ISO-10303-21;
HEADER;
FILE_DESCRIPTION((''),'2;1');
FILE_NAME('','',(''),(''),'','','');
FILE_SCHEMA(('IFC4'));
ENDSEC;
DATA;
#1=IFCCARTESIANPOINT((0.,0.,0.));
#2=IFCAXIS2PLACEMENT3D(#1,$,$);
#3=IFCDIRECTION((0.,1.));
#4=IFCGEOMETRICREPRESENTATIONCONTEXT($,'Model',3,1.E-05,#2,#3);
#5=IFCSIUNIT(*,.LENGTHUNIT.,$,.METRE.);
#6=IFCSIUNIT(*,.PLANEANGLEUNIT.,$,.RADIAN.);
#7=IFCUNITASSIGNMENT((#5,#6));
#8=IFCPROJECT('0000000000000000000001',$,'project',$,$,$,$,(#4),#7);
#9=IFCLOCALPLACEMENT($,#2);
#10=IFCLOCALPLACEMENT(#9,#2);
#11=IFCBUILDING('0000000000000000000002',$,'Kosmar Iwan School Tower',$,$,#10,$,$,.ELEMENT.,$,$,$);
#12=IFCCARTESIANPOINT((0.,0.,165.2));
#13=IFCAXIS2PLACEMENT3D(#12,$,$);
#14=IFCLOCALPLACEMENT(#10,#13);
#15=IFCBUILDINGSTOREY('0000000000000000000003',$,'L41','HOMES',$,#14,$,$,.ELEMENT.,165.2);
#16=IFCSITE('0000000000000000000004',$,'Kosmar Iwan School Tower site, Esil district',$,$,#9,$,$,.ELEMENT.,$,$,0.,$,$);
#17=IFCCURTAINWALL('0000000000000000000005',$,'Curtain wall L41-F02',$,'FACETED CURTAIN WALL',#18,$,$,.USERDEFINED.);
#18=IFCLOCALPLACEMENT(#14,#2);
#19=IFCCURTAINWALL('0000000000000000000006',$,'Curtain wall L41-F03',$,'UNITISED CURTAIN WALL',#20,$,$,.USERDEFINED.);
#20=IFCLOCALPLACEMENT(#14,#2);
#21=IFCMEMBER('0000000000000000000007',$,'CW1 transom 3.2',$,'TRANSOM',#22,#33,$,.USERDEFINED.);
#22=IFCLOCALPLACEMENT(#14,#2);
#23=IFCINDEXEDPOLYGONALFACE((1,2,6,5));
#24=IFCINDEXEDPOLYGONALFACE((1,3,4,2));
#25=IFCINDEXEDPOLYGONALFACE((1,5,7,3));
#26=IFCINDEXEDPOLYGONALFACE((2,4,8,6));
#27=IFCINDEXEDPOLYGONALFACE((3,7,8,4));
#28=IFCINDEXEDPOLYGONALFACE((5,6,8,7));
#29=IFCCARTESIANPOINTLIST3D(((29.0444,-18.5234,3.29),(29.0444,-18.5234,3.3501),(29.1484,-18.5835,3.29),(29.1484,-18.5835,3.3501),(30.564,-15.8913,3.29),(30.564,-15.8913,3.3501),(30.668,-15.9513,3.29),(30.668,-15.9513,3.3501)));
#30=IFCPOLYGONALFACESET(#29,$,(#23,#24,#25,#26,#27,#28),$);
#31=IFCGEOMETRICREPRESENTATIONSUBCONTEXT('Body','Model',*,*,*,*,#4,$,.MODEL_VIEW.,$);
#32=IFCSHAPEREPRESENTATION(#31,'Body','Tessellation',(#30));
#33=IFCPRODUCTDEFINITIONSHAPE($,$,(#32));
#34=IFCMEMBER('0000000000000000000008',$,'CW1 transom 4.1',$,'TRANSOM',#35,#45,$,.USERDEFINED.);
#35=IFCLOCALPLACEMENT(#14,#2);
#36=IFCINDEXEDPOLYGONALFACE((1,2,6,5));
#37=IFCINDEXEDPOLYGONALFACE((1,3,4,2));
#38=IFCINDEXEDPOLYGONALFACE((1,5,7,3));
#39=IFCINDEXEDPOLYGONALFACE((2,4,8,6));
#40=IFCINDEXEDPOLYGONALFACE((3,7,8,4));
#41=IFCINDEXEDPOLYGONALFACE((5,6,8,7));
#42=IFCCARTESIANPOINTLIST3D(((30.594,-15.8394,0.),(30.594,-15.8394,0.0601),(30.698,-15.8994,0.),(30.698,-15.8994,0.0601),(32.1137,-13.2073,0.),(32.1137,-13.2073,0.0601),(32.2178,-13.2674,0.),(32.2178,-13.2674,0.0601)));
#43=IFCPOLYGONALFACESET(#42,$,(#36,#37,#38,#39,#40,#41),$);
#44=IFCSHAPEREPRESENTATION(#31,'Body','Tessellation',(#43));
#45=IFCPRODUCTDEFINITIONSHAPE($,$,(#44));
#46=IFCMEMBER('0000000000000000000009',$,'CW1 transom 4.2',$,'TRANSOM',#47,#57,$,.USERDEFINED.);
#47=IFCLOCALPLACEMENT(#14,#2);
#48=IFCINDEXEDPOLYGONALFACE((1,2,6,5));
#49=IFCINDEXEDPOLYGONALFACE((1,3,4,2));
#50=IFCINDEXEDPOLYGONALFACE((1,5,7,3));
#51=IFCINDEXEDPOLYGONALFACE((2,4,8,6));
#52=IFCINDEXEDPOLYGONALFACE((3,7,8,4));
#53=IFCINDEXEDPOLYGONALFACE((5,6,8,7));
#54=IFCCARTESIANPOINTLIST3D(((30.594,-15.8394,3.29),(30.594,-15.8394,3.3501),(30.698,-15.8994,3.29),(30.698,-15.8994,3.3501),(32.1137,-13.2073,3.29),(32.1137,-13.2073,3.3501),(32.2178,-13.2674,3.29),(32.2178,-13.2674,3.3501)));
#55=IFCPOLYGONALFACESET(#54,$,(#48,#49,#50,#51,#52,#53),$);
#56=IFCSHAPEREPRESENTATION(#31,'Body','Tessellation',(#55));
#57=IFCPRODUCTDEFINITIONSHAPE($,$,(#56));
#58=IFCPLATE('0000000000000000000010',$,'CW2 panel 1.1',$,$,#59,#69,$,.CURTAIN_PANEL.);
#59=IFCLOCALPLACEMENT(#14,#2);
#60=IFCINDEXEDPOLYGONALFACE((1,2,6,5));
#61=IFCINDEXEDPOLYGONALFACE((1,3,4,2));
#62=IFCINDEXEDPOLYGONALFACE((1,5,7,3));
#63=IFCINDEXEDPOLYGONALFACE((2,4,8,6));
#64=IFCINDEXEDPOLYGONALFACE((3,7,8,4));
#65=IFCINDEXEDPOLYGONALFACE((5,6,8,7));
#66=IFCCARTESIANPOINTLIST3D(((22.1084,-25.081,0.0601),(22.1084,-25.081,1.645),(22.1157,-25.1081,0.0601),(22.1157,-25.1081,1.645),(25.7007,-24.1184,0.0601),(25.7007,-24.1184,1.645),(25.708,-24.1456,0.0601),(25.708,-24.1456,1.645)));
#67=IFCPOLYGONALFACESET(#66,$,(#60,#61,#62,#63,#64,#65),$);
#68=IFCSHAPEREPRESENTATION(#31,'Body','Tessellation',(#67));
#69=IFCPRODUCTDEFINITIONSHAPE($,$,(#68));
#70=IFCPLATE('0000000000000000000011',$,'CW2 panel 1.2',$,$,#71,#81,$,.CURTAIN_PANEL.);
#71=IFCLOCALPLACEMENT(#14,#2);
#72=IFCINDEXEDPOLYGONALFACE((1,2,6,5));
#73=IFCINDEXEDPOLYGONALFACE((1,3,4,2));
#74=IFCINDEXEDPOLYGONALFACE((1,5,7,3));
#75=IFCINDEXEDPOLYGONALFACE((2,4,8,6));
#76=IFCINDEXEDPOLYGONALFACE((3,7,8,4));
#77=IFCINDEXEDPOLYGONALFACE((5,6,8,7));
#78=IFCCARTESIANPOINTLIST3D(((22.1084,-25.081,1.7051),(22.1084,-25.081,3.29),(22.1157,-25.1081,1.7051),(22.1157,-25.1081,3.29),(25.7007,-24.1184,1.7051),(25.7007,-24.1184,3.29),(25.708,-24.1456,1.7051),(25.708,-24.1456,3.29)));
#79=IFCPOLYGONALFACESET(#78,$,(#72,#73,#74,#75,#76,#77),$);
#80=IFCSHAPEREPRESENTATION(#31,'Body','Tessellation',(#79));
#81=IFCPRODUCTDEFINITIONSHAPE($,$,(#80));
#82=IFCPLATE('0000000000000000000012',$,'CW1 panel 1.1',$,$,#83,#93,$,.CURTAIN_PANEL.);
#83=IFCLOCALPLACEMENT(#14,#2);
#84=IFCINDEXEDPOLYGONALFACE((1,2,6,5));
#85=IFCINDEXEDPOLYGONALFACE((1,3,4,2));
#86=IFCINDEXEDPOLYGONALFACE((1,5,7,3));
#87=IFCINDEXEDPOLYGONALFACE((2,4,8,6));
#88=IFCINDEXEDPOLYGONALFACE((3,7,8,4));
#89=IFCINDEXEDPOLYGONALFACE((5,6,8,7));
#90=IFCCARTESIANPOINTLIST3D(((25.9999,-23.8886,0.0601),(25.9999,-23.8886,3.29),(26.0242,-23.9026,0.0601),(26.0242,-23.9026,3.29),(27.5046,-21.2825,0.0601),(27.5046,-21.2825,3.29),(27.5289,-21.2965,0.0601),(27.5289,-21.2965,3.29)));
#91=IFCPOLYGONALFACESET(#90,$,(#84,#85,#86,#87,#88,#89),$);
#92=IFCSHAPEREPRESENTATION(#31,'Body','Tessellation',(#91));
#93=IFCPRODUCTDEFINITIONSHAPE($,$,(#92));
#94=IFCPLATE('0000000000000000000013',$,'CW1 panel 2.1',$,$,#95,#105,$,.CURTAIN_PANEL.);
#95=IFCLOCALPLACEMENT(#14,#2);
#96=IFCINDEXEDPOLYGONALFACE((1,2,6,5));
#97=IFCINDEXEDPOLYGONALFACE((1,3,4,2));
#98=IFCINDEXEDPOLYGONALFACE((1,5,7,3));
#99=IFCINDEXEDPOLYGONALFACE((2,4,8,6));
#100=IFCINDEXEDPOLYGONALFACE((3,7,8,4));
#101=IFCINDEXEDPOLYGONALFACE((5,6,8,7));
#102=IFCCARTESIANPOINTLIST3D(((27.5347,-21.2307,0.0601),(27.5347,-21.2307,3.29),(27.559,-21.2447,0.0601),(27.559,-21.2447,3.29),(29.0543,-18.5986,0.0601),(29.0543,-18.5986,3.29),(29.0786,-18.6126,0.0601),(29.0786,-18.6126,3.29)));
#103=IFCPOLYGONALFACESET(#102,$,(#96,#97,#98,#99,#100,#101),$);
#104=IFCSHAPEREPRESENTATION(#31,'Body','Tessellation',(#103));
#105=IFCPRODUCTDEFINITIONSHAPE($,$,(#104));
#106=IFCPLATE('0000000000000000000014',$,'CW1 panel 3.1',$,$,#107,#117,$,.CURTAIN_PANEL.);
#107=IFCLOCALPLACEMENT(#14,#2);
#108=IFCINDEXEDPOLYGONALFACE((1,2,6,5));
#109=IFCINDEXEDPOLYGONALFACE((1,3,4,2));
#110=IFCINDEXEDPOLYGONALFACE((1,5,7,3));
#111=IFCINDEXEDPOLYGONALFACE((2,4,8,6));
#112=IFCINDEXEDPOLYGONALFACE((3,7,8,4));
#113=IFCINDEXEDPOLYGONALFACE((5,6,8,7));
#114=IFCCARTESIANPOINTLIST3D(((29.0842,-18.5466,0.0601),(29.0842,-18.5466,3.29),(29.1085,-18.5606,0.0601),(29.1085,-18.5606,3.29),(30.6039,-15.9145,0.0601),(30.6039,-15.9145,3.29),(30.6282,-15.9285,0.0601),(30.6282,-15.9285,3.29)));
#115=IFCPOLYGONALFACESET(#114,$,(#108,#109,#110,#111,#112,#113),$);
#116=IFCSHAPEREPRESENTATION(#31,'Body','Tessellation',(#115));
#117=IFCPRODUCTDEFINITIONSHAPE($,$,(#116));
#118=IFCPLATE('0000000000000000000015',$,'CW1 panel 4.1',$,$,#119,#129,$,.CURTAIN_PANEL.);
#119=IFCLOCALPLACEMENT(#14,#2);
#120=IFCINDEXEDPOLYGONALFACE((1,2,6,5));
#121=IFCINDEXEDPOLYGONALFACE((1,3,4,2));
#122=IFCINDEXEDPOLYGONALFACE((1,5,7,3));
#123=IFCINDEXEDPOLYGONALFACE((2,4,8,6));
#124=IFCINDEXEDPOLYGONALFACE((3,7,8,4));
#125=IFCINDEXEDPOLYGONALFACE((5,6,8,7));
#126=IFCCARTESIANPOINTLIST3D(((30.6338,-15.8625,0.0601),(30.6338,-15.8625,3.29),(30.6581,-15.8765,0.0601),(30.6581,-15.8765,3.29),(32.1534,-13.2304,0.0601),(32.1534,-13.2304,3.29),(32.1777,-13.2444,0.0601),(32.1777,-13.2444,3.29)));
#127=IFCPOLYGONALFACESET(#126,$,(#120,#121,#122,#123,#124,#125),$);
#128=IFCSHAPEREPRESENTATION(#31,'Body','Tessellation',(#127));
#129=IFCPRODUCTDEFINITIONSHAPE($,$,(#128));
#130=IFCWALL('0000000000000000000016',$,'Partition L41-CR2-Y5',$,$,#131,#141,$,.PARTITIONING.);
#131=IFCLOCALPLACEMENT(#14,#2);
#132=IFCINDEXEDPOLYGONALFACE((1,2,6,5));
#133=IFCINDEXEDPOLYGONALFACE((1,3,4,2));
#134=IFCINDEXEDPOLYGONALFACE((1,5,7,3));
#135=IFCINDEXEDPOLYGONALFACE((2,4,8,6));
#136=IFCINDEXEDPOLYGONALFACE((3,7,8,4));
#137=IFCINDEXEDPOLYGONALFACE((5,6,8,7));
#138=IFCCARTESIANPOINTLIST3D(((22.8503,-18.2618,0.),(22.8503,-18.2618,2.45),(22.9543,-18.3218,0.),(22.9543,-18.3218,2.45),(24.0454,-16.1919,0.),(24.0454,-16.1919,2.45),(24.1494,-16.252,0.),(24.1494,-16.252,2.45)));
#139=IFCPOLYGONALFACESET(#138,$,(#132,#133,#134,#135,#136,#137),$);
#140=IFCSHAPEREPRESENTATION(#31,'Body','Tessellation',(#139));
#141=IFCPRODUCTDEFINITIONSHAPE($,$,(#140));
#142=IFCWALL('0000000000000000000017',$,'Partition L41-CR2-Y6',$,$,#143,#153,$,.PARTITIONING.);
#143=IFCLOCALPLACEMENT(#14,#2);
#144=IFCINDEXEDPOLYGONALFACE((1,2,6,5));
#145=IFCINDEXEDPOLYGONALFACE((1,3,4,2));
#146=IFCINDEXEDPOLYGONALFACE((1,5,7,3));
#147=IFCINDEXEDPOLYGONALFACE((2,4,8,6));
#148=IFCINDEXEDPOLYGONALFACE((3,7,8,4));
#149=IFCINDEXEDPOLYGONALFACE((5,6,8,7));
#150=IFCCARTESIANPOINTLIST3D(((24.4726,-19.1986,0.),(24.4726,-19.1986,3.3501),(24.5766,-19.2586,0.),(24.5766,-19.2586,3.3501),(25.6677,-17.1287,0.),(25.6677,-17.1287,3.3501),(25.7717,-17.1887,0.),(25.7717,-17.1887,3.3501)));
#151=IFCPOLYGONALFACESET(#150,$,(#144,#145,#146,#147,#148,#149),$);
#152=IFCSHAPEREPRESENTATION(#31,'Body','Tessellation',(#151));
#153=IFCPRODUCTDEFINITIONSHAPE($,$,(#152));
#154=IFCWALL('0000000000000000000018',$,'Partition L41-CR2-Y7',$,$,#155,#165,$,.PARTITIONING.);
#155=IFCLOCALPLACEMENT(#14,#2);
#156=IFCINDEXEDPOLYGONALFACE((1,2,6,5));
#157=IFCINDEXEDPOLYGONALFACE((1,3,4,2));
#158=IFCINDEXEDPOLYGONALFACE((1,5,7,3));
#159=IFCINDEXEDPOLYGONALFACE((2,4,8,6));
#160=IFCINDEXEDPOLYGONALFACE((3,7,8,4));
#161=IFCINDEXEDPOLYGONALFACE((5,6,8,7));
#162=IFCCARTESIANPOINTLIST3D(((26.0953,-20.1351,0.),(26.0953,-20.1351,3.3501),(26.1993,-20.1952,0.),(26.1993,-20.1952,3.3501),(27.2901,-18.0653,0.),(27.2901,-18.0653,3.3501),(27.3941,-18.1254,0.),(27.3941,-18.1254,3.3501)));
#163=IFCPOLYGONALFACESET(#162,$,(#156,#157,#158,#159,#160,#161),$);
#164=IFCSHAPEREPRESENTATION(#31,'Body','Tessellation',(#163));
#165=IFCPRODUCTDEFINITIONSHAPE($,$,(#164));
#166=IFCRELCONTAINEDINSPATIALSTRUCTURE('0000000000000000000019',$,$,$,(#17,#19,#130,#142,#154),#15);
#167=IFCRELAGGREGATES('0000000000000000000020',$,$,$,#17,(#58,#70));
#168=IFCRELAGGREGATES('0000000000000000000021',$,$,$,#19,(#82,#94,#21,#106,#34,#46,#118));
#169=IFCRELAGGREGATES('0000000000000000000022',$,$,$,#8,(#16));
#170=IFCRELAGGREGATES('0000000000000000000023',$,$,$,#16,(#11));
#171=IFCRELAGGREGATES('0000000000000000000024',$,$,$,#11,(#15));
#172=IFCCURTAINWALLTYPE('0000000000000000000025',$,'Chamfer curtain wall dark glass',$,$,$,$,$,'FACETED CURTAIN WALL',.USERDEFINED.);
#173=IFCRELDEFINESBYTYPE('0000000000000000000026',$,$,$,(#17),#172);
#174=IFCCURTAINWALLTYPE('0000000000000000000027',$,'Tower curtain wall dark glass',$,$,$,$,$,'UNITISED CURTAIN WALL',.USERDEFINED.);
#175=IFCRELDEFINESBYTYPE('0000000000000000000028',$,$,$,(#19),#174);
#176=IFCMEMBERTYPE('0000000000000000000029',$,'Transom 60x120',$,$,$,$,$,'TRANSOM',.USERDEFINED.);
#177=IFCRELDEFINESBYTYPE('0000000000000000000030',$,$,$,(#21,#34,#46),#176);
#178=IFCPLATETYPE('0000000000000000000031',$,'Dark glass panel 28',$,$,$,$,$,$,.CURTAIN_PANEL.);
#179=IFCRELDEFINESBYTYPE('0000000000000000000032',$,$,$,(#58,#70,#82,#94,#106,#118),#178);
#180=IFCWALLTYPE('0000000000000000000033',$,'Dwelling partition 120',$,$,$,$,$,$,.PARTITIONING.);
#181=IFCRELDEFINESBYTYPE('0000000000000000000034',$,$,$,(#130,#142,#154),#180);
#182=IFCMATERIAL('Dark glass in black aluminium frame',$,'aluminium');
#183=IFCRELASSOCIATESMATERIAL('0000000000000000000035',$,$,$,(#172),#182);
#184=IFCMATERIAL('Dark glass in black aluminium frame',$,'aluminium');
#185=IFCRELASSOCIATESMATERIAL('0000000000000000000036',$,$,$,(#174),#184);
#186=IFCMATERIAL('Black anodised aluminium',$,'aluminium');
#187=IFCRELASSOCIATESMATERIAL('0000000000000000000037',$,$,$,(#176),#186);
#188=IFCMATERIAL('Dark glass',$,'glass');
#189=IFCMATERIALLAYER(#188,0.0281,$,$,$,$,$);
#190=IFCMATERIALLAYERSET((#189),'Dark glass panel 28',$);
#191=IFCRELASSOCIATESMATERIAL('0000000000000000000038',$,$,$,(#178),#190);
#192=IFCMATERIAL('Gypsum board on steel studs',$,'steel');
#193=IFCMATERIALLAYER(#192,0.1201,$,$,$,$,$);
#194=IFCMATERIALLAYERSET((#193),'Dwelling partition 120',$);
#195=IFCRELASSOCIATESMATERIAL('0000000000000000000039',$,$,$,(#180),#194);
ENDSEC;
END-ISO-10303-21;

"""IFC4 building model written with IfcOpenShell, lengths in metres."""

from ifc_helpers import new_model, si_unit, direction, frame, frame_2d, origin, origin_2d, place, context, subcontext, project, spatial, rectangle, extrude, material, layer, layer_set, material_profile, profile_set, type_object, element, aggregate, save


model = new_model("IFC4")

# Units and contexts
model_context = context("Model", 3, precision=1e-05, world=origin(), true_north=direction((0.0, 1.0)))
body_context = subcontext(model_context, "Body", "Model", "MODEL_VIEW")
ifc_project = project(units=[si_unit("LENGTHUNIT", "METRE"), si_unit("PLANEANGLEUNIT", "RADIAN")], contexts=[model_context])

# Site, building, storey
site_placement = place(None, origin())
site = spatial("IfcSite", under=ifc_project, at=site_placement, Name="Kosmar Iwan School Tower site, Esil district", CompositionType="ELEMENT", RefElevation=0.0)
building_placement = place(site_placement, origin())
building = spatial("IfcBuilding", under=site, at=building_placement, Name="Kosmar Iwan School Tower", CompositionType="ELEMENT")
storey_placement = place(building_placement, frame((0.0, 0.0, 165.2)))
storey = spatial("IfcBuildingStorey", under=building, at=storey_placement, Name="L41", Description="HOMES", CompositionType="ELEMENT", Elevation=165.2)

# Curtain wall
ifc_material_1 = material(Name="Dark glass in black aluminium frame", Category="aluminium")
curtain_wall_type_1 = type_object("IfcCurtainWallType", Name="Chamfer curtain wall dark glass", ElementType="FACETED CURTAIN WALL", PredefinedType="USERDEFINED", material=ifc_material_1)
curtain_wall_1_placement = place(storey_placement, origin())
curtain_wall_1 = element("IfcCurtainWall", 1, at=curtain_wall_1_placement, inside=storey, type_object=curtain_wall_type_1, Name="Curtain wall L41-F02", ObjectType="FACETED CURTAIN WALL", PredefinedType="USERDEFINED")

# Curtain wall
ifc_material_2 = material(Name="Dark glass in black aluminium frame", Category="aluminium")
curtain_wall_type_2 = type_object("IfcCurtainWallType", Name="Tower curtain wall dark glass", ElementType="UNITISED CURTAIN WALL", PredefinedType="USERDEFINED", material=ifc_material_2)
curtain_wall_2_placement = place(storey_placement, origin())
curtain_wall_2 = element("IfcCurtainWall", 2, at=curtain_wall_2_placement, inside=storey, type_object=curtain_wall_type_2, Name="Curtain wall L41-F03", ObjectType="UNITISED CURTAIN WALL", PredefinedType="USERDEFINED")

# Members
ifc_material_3 = material(Name="Black anodised aluminium", Category="aluminium")
ifc_material_profile_1 = material_profile(ifc_material_3, rectangle(XDim=0.1201, YDim=0.0601, at=origin_2d()), Name="TRANSOM 60x120")
ifc_profile_set_1 = profile_set([ifc_material_profile_1], Name="Black anodised aluminium")
member_type_1 = type_object("IfcMemberType", Name="Transom 60x120", ElementType="TRANSOM", PredefinedType="USERDEFINED", material=ifc_profile_set_1)
member_1_placement = place(storey_placement, frame((29.0964, -18.5535, 3.3201), z_axis=(0.499975, 0.86604, 0.0), x_axis=(-0.86604, 0.499975, 0.0)))
member_1 = element("IfcMember", 3, at=member_1_placement, type_object=member_type_1, Name="CW1 transom 3.2", ObjectType="TRANSOM", PredefinedType="USERDEFINED", context=body_context, shape_type="SweptSolid", body=[
    extrude(rectangle(XDim=0.1201, YDim=0.0601, at=origin_2d()), origin(), (0.0, 0.0, 1.0), 3.0393),
])
member_2_placement = place(storey_placement, frame((30.646, -15.8694, 0.03), z_axis=(0.500035, 0.866005, 0.0), x_axis=(-0.866005, 0.500035, 0.0)))
member_2 = element("IfcMember", 4, at=member_2_placement, type_object=member_type_1, Name="CW1 transom 4.1", ObjectType="TRANSOM", PredefinedType="USERDEFINED", context=body_context, shape_type="SweptSolid", body=[
    extrude(rectangle(XDim=0.1201, YDim=0.0601, at=origin_2d()), origin(), (0.0, 0.0, 1.0), 3.0393),
])
member_3_placement = place(storey_placement, frame((30.646, -15.8694, 3.3201), z_axis=(0.500035, 0.866005, 0.0), x_axis=(-0.866005, 0.500035, 0.0)))
member_3 = element("IfcMember", 5, at=member_3_placement, type_object=member_type_1, Name="CW1 transom 4.2", ObjectType="TRANSOM", PredefinedType="USERDEFINED", context=body_context, shape_type="SweptSolid", body=[
    extrude(rectangle(XDim=0.1201, YDim=0.0601, at=origin_2d()), origin(), (0.0, 0.0, 1.0), 3.0393),
])

# Plates
ifc_material_4 = material(Name="Dark glass", Category="glass")
ifc_layer_1 = layer(ifc_material_4, 0.0281)
ifc_layer_set_1 = layer_set([ifc_layer_1], Name="Dark glass panel 28")
plate_type = type_object("IfcPlateType", Name="Dark glass panel 28", PredefinedType="CURTAIN_PANEL", material=ifc_layer_set_1)
plate_1_placement = place(storey_placement, frame((23.9082, -24.6133, 0.0601), z_axis=(0.0, 0.0, 1.0), x_axis=(0.965926, 0.258819, 0.0)))
plate_1 = element("IfcPlate", 6, at=plate_1_placement, type_object=plate_type, Name="CW2 panel 1.1", PredefinedType="CURTAIN_PANEL", context=body_context, shape_type="SweptSolid", body=[
    extrude(rectangle(XDim=3.719, YDim=0.0281, at=origin_2d()), origin(), (0.0, 0.0, 1.0), 1.585),
])
plate_2_placement = place(storey_placement, frame((23.9082, -24.6133, 1.7051), z_axis=(0.0, 0.0, 1.0), x_axis=(0.965926, 0.258819, 0.0)))
plate_2 = element("IfcPlate", 7, at=plate_2_placement, type_object=plate_type, Name="CW2 panel 1.2", PredefinedType="CURTAIN_PANEL", context=body_context, shape_type="SweptSolid", body=[
    extrude(rectangle(XDim=3.719, YDim=0.0281, at=origin_2d()), origin(), (0.0, 0.0, 1.0), 1.585),
])
aggregate(curtain_wall_1, [plate_1, plate_2])
plate_3_placement = place(storey_placement, frame((26.7644, -22.5925, 0.0601), z_axis=(0.0, 0.0, 1.0), x_axis=(0.5, 0.866025, 0.0)))
plate_3 = element("IfcPlate", 8, at=plate_3_placement, type_object=plate_type, Name="CW1 panel 1.1", PredefinedType="CURTAIN_PANEL", context=body_context, shape_type="SweptSolid", body=[
    extrude(rectangle(XDim=3.0093, YDim=0.0281, at=origin_2d()), origin(), (0.0, 0.0, 1.0), 3.23),
])
plate_4_placement = place(storey_placement, frame((28.3066, -19.9216, 0.0601), z_axis=(0.0, 0.0, 1.0), x_axis=(0.5, 0.866025, 0.0)))
plate_4 = element("IfcPlate", 9, at=plate_4_placement, type_object=plate_type, Name="CW1 panel 2.1", PredefinedType="CURTAIN_PANEL", context=body_context, shape_type="SweptSolid", body=[
    extrude(rectangle(XDim=3.0393, YDim=0.0281, at=origin_2d()), origin(), (0.0, 0.0, 1.0), 3.23),
])
plate_5_placement = place(storey_placement, frame((29.8562, -17.2375, 0.0601), z_axis=(0.0, 0.0, 1.0), x_axis=(0.5, 0.866025, 0.0)))
plate_5 = element("IfcPlate", 10, at=plate_5_placement, type_object=plate_type, Name="CW1 panel 3.1", PredefinedType="CURTAIN_PANEL", context=body_context, shape_type="SweptSolid", body=[
    extrude(rectangle(XDim=3.0393, YDim=0.0281, at=origin_2d()), origin(), (0.0, 0.0, 1.0), 3.23),
])
plate_6_placement = place(storey_placement, frame((31.4058, -14.5535, 0.0601), z_axis=(0.0, 0.0, 1.0), x_axis=(0.5, 0.866025, 0.0)))
plate_6 = element("IfcPlate", 11, at=plate_6_placement, type_object=plate_type, Name="CW1 panel 4.1", PredefinedType="CURTAIN_PANEL", context=body_context, shape_type="SweptSolid", body=[
    extrude(rectangle(XDim=3.0393, YDim=0.0281, at=origin_2d()), origin(), (0.0, 0.0, 1.0), 3.23),
])
aggregate(curtain_wall_2, [plate_3, plate_4, member_1, plate_5, member_2, member_3, plate_6])

# Walls
ifc_material_5 = material(Name="Gypsum board on steel studs", Category="steel")
ifc_layer_2 = layer(ifc_material_5, 0.1201)
ifc_layer_set_2 = layer_set([ifc_layer_2], Name="Dwelling partition 120")
wall_type = type_object("IfcWallType", Name="Dwelling partition 120", PredefinedType="PARTITIONING", material=ifc_layer_set_2)
wall_1_placement = place(storey_placement, frame((24.0974, -16.2219, 0.0), z_axis=(0.0, 0.0, 1.0), x_axis=(-0.500017, -0.866015, 0.0)))
element("IfcWall", 12, at=wall_1_placement, inside=storey, type_object=wall_type, Name="Partition L41-CR2-Y5", PredefinedType="PARTITIONING", context=body_context, shape_type="SweptSolid", body=[
    extrude(rectangle(XDim=2.3901, YDim=0.1201, at=frame_2d((1.1951, 0.0))), origin(), (0.0, 0.0, 1.0), 2.45),
])
wall_2_placement = place(storey_placement, frame((25.7197, -17.1587, 0.0), z_axis=(0.0, 0.0, 1.0), x_axis=(-0.500017, -0.866015, 0.0)))
element("IfcWall", 13, at=wall_2_placement, inside=storey, type_object=wall_type, Name="Partition L41-CR2-Y6", PredefinedType="PARTITIONING", context=body_context, shape_type="SweptSolid", body=[
    extrude(rectangle(XDim=2.3901, YDim=0.1201, at=frame_2d((1.1951, 0.0))), origin(), (0.0, 0.0, 1.0), 3.3501),
])
wall_3_placement = place(storey_placement, frame((27.342, -18.0955, 0.0), z_axis=(0.0, 0.0, 1.0), x_axis=(-0.499941, -0.86606, 0.0)))
element("IfcWall", 14, at=wall_3_placement, inside=storey, type_object=wall_type, Name="Partition L41-CR2-Y7", PredefinedType="PARTITIONING", context=body_context, shape_type="SweptSolid", body=[
    extrude(rectangle(XDim=2.3899, YDim=0.1201, at=frame_2d((1.1948, 0.0))), origin(), (0.0, 0.0, 1.0), 3.3501),
])

save(model, "model.ifc")
